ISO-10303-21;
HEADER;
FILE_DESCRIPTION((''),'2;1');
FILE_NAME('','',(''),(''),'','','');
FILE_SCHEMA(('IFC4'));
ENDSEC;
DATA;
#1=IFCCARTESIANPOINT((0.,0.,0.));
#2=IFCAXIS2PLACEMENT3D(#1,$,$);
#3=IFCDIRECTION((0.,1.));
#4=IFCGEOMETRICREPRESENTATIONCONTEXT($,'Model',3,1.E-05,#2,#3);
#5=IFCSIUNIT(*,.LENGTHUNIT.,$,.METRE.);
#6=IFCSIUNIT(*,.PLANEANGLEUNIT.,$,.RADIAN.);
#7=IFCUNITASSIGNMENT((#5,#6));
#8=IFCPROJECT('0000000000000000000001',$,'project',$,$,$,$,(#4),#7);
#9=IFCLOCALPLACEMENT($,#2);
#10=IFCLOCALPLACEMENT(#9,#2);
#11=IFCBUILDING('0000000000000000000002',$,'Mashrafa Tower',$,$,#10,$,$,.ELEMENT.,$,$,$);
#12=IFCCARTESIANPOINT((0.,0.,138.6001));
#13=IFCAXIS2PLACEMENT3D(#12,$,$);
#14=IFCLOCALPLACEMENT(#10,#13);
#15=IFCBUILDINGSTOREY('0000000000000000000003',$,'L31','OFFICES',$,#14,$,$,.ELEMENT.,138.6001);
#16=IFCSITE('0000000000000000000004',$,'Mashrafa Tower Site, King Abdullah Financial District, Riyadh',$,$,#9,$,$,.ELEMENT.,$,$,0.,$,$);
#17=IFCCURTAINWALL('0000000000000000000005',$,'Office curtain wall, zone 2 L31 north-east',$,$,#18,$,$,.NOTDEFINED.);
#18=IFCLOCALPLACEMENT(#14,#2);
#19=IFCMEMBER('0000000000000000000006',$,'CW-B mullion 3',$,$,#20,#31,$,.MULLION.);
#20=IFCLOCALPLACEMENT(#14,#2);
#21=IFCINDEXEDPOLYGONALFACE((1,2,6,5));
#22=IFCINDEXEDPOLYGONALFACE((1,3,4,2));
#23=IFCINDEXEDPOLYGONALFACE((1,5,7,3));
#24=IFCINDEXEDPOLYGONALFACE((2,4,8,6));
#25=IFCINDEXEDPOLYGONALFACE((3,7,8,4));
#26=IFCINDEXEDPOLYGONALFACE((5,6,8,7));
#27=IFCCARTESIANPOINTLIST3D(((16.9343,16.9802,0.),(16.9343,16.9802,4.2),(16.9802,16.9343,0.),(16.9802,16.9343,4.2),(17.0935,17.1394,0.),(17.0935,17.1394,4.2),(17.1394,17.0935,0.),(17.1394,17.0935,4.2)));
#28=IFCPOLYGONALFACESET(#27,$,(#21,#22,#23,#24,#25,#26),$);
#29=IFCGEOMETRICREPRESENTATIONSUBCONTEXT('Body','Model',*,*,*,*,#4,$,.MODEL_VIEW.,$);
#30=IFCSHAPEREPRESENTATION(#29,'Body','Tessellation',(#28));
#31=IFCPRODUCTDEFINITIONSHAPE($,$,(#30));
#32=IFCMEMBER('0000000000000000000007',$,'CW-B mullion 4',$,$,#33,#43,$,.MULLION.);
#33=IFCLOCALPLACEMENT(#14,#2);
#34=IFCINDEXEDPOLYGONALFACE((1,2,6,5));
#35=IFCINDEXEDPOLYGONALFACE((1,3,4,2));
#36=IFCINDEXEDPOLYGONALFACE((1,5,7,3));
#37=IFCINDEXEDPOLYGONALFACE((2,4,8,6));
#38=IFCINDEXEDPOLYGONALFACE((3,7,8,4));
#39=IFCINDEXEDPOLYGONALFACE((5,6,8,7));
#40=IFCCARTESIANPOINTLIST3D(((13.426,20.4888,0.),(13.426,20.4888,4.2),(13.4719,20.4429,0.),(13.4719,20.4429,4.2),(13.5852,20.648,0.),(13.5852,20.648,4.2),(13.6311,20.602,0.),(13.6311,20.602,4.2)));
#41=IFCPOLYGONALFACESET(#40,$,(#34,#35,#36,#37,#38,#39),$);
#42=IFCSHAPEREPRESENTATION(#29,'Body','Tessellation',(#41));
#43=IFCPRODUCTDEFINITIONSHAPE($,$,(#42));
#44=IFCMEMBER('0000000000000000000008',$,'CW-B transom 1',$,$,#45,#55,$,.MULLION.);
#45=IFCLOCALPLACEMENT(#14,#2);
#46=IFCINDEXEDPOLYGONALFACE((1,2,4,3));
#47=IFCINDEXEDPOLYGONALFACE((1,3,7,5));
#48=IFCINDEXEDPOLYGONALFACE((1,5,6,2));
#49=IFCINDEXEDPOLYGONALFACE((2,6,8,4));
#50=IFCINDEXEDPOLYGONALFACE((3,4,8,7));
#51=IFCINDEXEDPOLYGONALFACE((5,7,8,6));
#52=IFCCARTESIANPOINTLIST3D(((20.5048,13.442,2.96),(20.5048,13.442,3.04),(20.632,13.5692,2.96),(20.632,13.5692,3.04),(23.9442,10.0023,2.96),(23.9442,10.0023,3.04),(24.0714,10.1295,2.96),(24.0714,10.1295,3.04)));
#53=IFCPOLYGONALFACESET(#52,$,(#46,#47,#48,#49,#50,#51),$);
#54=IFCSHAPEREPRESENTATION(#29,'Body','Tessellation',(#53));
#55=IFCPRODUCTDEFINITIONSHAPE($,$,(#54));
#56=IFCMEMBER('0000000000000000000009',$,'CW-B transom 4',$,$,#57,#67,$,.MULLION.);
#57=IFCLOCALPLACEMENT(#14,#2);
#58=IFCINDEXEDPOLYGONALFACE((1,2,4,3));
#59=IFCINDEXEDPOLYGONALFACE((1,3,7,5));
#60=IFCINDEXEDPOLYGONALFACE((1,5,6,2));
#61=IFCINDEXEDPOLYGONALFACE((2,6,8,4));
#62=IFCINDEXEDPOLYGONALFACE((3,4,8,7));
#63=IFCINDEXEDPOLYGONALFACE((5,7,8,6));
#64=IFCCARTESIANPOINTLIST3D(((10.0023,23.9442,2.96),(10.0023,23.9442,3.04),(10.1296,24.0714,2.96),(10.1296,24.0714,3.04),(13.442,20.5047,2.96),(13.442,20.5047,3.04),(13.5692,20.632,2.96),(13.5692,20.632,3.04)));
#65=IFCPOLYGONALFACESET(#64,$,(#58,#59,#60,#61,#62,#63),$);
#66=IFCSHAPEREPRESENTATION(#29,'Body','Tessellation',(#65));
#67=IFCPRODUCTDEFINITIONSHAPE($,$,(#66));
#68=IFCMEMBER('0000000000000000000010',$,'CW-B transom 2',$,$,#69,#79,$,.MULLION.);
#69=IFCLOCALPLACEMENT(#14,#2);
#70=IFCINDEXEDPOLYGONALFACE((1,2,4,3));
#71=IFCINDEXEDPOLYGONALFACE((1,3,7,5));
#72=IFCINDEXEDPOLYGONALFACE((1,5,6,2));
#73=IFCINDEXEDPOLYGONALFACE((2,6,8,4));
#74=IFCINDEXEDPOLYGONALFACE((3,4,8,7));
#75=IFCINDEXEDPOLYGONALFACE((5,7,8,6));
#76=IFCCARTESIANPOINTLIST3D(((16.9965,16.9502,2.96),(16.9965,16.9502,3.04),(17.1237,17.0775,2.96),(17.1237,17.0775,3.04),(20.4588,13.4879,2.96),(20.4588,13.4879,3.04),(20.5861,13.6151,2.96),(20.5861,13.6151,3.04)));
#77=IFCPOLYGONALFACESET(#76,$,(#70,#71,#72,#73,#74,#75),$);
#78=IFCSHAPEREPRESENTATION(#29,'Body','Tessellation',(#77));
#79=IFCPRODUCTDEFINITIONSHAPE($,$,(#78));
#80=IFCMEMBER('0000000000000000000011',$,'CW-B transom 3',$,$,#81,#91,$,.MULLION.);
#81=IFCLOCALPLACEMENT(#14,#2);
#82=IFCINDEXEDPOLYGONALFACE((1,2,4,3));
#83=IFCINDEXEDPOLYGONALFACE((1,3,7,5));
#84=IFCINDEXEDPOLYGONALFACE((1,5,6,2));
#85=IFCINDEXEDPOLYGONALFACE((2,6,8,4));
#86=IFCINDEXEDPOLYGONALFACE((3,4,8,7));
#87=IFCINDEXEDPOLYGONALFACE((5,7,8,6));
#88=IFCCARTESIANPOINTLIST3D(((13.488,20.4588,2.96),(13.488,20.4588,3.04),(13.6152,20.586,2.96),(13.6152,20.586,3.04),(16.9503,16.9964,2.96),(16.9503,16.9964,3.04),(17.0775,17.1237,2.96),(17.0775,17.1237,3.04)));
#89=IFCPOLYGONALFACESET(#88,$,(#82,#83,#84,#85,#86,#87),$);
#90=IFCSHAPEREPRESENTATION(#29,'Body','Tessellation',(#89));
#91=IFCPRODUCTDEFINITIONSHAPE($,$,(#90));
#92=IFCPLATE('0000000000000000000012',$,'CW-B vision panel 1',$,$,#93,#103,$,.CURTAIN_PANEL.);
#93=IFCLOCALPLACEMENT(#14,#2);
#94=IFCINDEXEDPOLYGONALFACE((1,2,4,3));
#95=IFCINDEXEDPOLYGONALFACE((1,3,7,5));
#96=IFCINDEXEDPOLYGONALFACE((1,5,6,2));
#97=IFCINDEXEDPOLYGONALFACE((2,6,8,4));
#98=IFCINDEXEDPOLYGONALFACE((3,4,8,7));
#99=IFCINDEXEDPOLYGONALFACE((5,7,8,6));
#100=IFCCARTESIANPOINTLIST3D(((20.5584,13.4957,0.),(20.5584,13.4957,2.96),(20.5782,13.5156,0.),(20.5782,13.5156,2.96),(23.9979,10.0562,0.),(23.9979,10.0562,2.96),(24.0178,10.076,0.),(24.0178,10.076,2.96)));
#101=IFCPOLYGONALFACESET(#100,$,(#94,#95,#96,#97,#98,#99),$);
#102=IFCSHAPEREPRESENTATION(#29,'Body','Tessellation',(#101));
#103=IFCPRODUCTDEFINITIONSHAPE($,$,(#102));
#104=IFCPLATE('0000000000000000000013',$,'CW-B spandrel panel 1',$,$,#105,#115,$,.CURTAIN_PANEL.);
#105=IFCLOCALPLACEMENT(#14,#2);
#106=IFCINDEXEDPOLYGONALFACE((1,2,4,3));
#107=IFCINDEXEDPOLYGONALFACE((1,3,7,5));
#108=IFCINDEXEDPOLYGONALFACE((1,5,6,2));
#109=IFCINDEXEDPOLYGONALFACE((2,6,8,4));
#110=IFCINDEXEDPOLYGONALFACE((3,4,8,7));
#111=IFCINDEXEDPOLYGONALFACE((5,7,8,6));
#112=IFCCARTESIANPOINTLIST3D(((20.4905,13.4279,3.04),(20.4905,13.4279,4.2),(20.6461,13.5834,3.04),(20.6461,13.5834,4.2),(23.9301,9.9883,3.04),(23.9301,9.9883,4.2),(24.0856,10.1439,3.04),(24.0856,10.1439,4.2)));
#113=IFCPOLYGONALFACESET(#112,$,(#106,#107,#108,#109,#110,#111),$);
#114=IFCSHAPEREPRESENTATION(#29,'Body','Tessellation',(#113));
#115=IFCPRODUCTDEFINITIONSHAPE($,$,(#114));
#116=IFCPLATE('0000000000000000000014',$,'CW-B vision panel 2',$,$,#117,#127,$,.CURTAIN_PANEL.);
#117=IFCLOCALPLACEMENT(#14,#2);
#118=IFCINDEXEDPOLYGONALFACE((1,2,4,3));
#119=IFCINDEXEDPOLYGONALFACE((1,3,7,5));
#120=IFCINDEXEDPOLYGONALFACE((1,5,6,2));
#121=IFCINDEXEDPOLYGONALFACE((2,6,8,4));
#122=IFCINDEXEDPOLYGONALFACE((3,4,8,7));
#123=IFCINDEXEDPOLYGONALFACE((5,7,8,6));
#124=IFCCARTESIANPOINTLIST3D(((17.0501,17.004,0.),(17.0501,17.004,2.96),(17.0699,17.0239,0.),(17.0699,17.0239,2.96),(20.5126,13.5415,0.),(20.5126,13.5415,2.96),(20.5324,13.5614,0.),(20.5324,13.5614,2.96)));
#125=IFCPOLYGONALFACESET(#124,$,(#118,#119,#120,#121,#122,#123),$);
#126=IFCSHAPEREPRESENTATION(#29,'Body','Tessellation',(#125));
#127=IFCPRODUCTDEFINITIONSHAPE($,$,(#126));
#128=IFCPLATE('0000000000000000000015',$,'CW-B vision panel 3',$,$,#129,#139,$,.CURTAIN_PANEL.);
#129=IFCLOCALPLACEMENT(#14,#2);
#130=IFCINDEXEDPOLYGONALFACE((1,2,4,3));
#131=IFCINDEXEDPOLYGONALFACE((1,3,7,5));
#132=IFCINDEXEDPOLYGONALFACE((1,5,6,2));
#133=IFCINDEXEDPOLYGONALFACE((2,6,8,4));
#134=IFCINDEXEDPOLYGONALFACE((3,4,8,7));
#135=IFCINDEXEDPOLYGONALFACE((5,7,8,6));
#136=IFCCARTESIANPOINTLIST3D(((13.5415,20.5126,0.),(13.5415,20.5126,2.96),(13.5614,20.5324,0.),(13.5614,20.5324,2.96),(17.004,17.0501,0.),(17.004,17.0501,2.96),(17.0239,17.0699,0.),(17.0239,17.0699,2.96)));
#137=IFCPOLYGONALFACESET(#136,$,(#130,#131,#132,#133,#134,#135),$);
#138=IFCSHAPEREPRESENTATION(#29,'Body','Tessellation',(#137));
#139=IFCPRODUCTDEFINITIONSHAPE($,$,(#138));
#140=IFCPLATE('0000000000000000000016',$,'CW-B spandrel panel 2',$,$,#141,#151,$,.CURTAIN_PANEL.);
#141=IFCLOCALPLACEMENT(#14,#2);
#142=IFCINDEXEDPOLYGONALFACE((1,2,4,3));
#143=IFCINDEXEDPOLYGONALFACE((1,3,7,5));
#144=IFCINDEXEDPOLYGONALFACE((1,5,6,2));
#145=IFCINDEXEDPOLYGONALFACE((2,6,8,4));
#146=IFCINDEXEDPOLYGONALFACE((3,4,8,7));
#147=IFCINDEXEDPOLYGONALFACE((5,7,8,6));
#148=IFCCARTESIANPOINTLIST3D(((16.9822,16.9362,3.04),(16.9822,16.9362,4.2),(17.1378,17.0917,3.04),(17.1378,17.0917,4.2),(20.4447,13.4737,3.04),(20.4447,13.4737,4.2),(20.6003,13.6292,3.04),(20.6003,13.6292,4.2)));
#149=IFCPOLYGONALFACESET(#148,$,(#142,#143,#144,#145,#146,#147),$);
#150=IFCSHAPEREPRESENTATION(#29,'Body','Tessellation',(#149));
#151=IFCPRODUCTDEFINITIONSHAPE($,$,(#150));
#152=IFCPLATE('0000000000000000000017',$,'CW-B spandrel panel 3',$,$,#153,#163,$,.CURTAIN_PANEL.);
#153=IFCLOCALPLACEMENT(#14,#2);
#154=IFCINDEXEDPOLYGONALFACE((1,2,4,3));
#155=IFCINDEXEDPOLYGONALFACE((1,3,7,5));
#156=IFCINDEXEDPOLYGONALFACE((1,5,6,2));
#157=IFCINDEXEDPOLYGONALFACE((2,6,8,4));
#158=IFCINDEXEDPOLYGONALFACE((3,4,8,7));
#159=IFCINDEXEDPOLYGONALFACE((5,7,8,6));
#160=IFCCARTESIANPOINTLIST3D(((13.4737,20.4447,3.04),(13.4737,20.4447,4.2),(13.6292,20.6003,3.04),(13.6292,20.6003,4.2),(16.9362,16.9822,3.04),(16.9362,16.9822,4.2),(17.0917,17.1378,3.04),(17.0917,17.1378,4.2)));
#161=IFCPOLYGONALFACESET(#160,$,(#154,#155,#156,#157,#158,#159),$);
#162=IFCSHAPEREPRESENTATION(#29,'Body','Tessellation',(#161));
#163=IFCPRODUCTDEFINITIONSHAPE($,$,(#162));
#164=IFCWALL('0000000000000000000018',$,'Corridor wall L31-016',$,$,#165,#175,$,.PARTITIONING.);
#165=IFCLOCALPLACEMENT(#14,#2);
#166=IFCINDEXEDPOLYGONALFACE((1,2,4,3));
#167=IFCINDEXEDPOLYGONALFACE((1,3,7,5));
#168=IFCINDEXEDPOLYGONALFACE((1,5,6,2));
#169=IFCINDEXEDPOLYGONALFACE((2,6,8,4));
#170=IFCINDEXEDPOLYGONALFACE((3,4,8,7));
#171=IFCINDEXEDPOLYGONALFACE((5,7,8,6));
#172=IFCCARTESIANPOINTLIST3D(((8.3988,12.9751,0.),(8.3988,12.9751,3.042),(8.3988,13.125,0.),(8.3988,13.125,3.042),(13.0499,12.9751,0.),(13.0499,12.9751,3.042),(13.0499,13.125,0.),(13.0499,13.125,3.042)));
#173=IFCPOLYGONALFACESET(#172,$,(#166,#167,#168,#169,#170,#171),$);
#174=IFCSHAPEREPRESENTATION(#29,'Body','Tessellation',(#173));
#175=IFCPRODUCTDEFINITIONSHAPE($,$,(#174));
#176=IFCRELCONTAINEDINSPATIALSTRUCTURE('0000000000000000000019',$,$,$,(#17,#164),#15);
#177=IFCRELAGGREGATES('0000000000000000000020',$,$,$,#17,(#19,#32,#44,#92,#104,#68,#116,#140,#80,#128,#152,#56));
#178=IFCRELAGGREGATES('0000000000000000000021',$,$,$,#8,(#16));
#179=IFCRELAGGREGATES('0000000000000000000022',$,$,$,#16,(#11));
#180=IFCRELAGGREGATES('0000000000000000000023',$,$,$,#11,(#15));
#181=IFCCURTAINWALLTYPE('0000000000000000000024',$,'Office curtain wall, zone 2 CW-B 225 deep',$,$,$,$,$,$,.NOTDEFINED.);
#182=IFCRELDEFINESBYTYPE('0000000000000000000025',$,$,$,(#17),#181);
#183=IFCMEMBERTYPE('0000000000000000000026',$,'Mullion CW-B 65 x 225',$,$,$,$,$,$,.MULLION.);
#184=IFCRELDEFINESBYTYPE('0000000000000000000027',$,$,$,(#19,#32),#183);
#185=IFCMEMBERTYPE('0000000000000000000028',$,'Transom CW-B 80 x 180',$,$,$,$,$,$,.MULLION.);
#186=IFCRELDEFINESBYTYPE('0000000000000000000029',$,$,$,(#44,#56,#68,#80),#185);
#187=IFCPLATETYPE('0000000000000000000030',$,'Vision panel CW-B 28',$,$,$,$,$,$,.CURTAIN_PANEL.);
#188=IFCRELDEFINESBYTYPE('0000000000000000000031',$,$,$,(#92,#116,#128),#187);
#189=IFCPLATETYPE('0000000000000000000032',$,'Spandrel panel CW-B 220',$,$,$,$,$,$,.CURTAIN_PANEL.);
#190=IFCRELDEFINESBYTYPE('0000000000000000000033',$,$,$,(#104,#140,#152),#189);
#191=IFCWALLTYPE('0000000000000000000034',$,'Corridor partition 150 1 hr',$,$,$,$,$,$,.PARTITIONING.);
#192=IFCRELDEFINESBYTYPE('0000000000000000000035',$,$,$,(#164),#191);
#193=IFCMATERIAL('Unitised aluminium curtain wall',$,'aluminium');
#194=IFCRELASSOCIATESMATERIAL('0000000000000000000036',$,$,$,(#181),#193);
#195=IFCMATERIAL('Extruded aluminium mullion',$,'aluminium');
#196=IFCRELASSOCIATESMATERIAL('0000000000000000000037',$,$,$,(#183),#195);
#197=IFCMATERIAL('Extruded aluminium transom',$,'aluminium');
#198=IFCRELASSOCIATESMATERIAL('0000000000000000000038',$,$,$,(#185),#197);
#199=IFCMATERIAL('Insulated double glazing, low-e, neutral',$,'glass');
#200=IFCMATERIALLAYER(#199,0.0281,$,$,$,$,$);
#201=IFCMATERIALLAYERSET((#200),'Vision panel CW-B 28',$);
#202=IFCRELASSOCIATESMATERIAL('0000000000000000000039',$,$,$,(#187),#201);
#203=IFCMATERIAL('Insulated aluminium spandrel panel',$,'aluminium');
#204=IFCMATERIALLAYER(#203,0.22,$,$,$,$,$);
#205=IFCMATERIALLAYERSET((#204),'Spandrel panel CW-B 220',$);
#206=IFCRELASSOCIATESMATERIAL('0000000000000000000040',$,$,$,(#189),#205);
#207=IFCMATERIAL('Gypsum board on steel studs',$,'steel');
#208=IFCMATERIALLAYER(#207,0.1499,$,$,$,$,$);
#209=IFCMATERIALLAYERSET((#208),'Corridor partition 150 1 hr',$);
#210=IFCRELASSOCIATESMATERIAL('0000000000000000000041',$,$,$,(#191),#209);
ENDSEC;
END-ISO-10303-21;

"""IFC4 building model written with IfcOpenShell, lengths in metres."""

from ifc_helpers import new_model, si_unit, direction, frame, frame_2d, origin, origin_2d, place, context, subcontext, project, spatial, rectangle, extrude, source, transform, mapped, material, layer, layer_set, material_profile, profile_set, type_object, type_shapes, element, aggregate, save


model = new_model("IFC4")

# Units and contexts
model_context = context("Model", 3, precision=1e-05, world=origin(), true_north=direction((0.0, 1.0)))
body_context = subcontext(model_context, "Body", "Model", "MODEL_VIEW")
ifc_project = project(units=[si_unit("LENGTHUNIT", "METRE"), si_unit("PLANEANGLEUNIT", "RADIAN")], contexts=[model_context])

# Site, building, storey
site_placement = place(None, origin())
site = spatial("IfcSite", under=ifc_project, at=site_placement, Name="Mashrafa Tower Site, King Abdullah Financial District, Riyadh", CompositionType="ELEMENT", RefElevation=0.0)
building_placement = place(site_placement, origin())
building = spatial("IfcBuilding", under=site, at=building_placement, Name="Mashrafa Tower", CompositionType="ELEMENT")
storey_placement = place(building_placement, frame((0.0, 0.0, 138.6001)))
storey = spatial("IfcBuildingStorey", under=building, at=storey_placement, Name="L31", Description="OFFICES", CompositionType="ELEMENT", Elevation=138.6001)

# Shared definitions
ifc_material_1 = material(Name="Unitised aluminium curtain wall", Category="aluminium")
curtain_wall_type = type_object("IfcCurtainWallType", Name="Office curtain wall, zone 2 CW-B 225 deep", PredefinedType="NOTDEFINED", material=ifc_material_1)
ifc_material_2 = material(Name="Extruded aluminium mullion", Category="aluminium")
ifc_material_profile_1 = material_profile(ifc_material_2, rectangle(XDim=0.2251, YDim=0.0649, at=origin_2d()), Name="Mullion 65x225")
ifc_profile_set_1 = profile_set([ifc_material_profile_1], Name="Extruded aluminium mullion")
member_type_1 = type_object("IfcMemberType", Name="Mullion CW-B 65 x 225", PredefinedType="MULLION", material=ifc_profile_set_1)
shared_shape_1 = source(origin(), body_context, "Body", "SweptSolid", [
    extrude(rectangle(XDim=0.2251, YDim=0.0649, at=origin_2d()), origin(), (0.0, 0.0, 1.0), 4.2),
])
type_shapes(member_type_1, [shared_shape_1])

# Curtain wall, members, plates
curtain_wall_1_placement = place(storey_placement, origin())
curtain_wall_1 = element("IfcCurtainWall", 1, at=curtain_wall_1_placement, inside=storey, type_object=curtain_wall_type, Name="Office curtain wall, zone 2 L31 north-east", PredefinedType="NOTDEFINED")
member_1_placement = place(storey_placement, frame((17.0369, 17.0369, 0.0), z_axis=(0.0, 0.0, 1.0), x_axis=(-0.707107, -0.707107, 0.0)))
member_1 = element("IfcMember", 2, at=member_1_placement, type_object=member_type_1, Name="CW-B mullion 3", PredefinedType="MULLION", context=body_context, shape_type="MappedRepresentation", body=[
    mapped(shared_shape_1, transform((0.0, 0.0, 0.0))),
])
member_2_placement = place(storey_placement, frame((13.5286, 20.5454, 0.0), z_axis=(0.0, 0.0, 1.0), x_axis=(-0.707107, -0.707107, 0.0)))
member_2 = element("IfcMember", 3, at=member_2_placement, type_object=member_type_1, Name="CW-B mullion 4", PredefinedType="MULLION", context=body_context, shape_type="MappedRepresentation", body=[
    mapped(shared_shape_1, transform((0.0, 0.0, 0.0))),
])
ifc_material_3 = material(Name="Extruded aluminium transom", Category="aluminium")
ifc_material_profile_2 = material_profile(ifc_material_3, rectangle(XDim=0.1799, YDim=0.0801, at=origin_2d()), Name="Transom 80x180")
ifc_profile_set_2 = profile_set([ifc_material_profile_2], Name="Extruded aluminium transom")
member_type_2 = type_object("IfcMemberType", Name="Transom CW-B 80 x 180", PredefinedType="MULLION", material=ifc_profile_set_2)
shared_shape_2 = source(origin(), body_context, "Body", "SweptSolid", [
    extrude(rectangle(XDim=0.1799, YDim=0.0801, at=origin_2d()), origin(), (0.0, 0.0, 1.0), 4.8643),
])
member_3_placement = place(storey_placement, frame((24.0078, 10.0659, 3.0), z_axis=(-0.707082, 0.707132, 0.0), x_axis=(-0.707132, -0.707082, 0.0)))
member_3 = element("IfcMember", 4, at=member_3_placement, type_object=member_type_2, Name="CW-B transom 1", PredefinedType="MULLION", context=body_context, shape_type="MappedRepresentation", body=[
    mapped(shared_shape_2, transform((0.0, 0.0, 0.0))),
])
member_4_placement = place(storey_placement, frame((13.5056, 20.5684, 3.0), z_axis=(-0.707132, 0.707082, 0.0), x_axis=(-0.707082, -0.707132, 0.0)))
member_4 = element("IfcMember", 5, at=member_4_placement, type_object=member_type_2, Name="CW-B transom 4", PredefinedType="MULLION", context=body_context, shape_type="MappedRepresentation", body=[
    mapped(shared_shape_2, transform((0.0, 0.0, 0.0))),
])
shared_shape_3 = source(origin(), body_context, "Body", "SweptSolid", [
    extrude(rectangle(XDim=0.1799, YDim=0.0801, at=origin_2d()), origin(), (0.0, 0.0, 1.0), 4.8965),
])
type_shapes(member_type_2, [shared_shape_2, shared_shape_3])
member_5_placement = place(storey_placement, frame((20.5225, 13.5515, 3.0), z_axis=(-0.707107, 0.707107, 0.0), x_axis=(-0.707107, -0.707107, 0.0)))
member_5 = element("IfcMember", 6, at=member_5_placement, type_object=member_type_2, Name="CW-B transom 2", PredefinedType="MULLION", context=body_context, shape_type="MappedRepresentation", body=[
    mapped(shared_shape_3, transform((0.0, 0.0, 0.0))),
])
member_6_placement = place(storey_placement, frame((17.0139, 17.0601, 3.0), z_axis=(-0.707107, 0.707107, 0.0), x_axis=(-0.707107, -0.707107, 0.0)))
member_6 = element("IfcMember", 7, at=member_6_placement, type_object=member_type_2, Name="CW-B transom 3", PredefinedType="MULLION", context=body_context, shape_type="MappedRepresentation", body=[
    mapped(shared_shape_3, transform((0.0, 0.0, 0.0))),
])
ifc_material_4 = material(Name="Insulated double glazing, low-e, neutral", Category="glass")
ifc_layer_1 = layer(ifc_material_4, 0.0281)
ifc_layer_set_1 = layer_set([ifc_layer_1], Name="Vision panel CW-B 28")
plate_type_1 = type_object("IfcPlateType", Name="Vision panel CW-B 28", PredefinedType="CURTAIN_PANEL", material=ifc_layer_set_1)
shared_shape_4 = source(origin(), body_context, "Body", "SweptSolid", [
    extrude(rectangle(XDim=4.8643, YDim=0.0281, at=origin_2d()), origin(), (0.0, 0.0, 1.0), 2.96),
])
plate_1_placement = place(storey_placement, frame((22.2881, 11.7859, 0.0), z_axis=(0.0, 0.0, 1.0), x_axis=(-0.707107, 0.707107, 0.0)))
plate_1 = element("IfcPlate", 8, at=plate_1_placement, type_object=plate_type_1, Name="CW-B vision panel 1", PredefinedType="CURTAIN_PANEL", context=body_context, shape_type="MappedRepresentation", body=[
    mapped(shared_shape_4, transform((0.0, 0.0, 0.0))),
])
ifc_material_5 = material(Name="Insulated aluminium spandrel panel", Category="aluminium")
ifc_layer_2 = layer(ifc_material_5, 0.22)
ifc_layer_set_2 = layer_set([ifc_layer_2], Name="Spandrel panel CW-B 220")
plate_type_2 = type_object("IfcPlateType", Name="Spandrel panel CW-B 220", PredefinedType="CURTAIN_PANEL", material=ifc_layer_set_2)
shared_shape_5 = source(origin(), body_context, "Body", "SweptSolid", [
    extrude(rectangle(XDim=4.8643, YDim=0.22, at=origin_2d()), origin(), (0.0, 0.0, 1.0), 1.1599),
])
plate_2_placement = place(storey_placement, frame((22.2881, 11.7859, 3.04), z_axis=(0.0, 0.0, 1.0), x_axis=(-0.707107, 0.707107, 0.0)))
plate_2 = element("IfcPlate", 9, at=plate_2_placement, type_object=plate_type_2, Name="CW-B spandrel panel 1", PredefinedType="CURTAIN_PANEL", context=body_context, shape_type="MappedRepresentation", body=[
    mapped(shared_shape_5, transform((0.0, 0.0, 0.0))),
])
shared_shape_6 = source(origin(), body_context, "Body", "SweptSolid", [
    extrude(rectangle(XDim=4.8967, YDim=0.0281, at=origin_2d()), origin(), (0.0, 0.0, 1.0), 2.96),
])
type_shapes(plate_type_1, [shared_shape_4, shared_shape_6])
plate_3_placement = place(storey_placement, frame((18.7913, 15.2827, 0.0), z_axis=(0.0, 0.0, 1.0), x_axis=(-0.707107, 0.707107, 0.0)))
plate_3 = element("IfcPlate", 10, at=plate_3_placement, type_object=plate_type_1, Name="CW-B vision panel 2", PredefinedType="CURTAIN_PANEL", context=body_context, shape_type="MappedRepresentation", body=[
    mapped(shared_shape_6, transform((0.0, 0.0, 0.0))),
])
plate_4_placement = place(storey_placement, frame((15.2827, 18.7913, 0.0), z_axis=(0.0, 0.0, 1.0), x_axis=(-0.707107, 0.707107, 0.0)))
plate_4 = element("IfcPlate", 11, at=plate_4_placement, type_object=plate_type_1, Name="CW-B vision panel 3", PredefinedType="CURTAIN_PANEL", context=body_context, shape_type="MappedRepresentation", body=[
    mapped(shared_shape_6, transform((0.0, 0.0, 0.0))),
])
shared_shape_7 = source(origin(), body_context, "Body", "SweptSolid", [
    extrude(rectangle(XDim=4.8967, YDim=0.22, at=origin_2d()), origin(), (0.0, 0.0, 1.0), 1.1599),
])
type_shapes(plate_type_2, [shared_shape_5, shared_shape_7])
plate_5_placement = place(storey_placement, frame((18.7913, 15.2827, 3.04), z_axis=(0.0, 0.0, 1.0), x_axis=(-0.707107, 0.707107, 0.0)))
plate_5 = element("IfcPlate", 12, at=plate_5_placement, type_object=plate_type_2, Name="CW-B spandrel panel 2", PredefinedType="CURTAIN_PANEL", context=body_context, shape_type="MappedRepresentation", body=[
    mapped(shared_shape_7, transform((0.0, 0.0, 0.0))),
])
plate_6_placement = place(storey_placement, frame((15.2827, 18.7913, 3.04), z_axis=(0.0, 0.0, 1.0), x_axis=(-0.707107, 0.707107, 0.0)))
plate_6 = element("IfcPlate", 13, at=plate_6_placement, type_object=plate_type_2, Name="CW-B spandrel panel 3", PredefinedType="CURTAIN_PANEL", context=body_context, shape_type="MappedRepresentation", body=[
    mapped(shared_shape_7, transform((0.0, 0.0, 0.0))),
])
aggregate(curtain_wall_1, [member_1, member_2, member_3, plate_1, plate_2, member_5, plate_3, plate_5, member_6, plate_4, plate_6, member_4])

# Wall
ifc_material_6 = material(Name="Gypsum board on steel studs", Category="steel")
ifc_layer_3 = layer(ifc_material_6, 0.1499)
ifc_layer_set_3 = layer_set([ifc_layer_3], Name="Corridor partition 150 1 hr")
wall_type = type_object("IfcWallType", Name="Corridor partition 150 1 hr", PredefinedType="PARTITIONING", material=ifc_layer_set_3)
wall_placement = place(storey_placement, frame((13.05, 13.05, 0.0), z_axis=(0.0, 0.0, 1.0), x_axis=(-1.0, 0.0, 0.0)))
element("IfcWall", 14, at=wall_placement, inside=storey, type_object=wall_type, Name="Corridor wall L31-016", PredefinedType="PARTITIONING", context=body_context, shape_type="SweptSolid", body=[
    extrude(rectangle(XDim=4.6511, YDim=0.1499, at=frame_2d((2.3257, 0.0))), origin(), (0.0, 0.0, 1.0), 3.042),
])

save(model, "model.ifc")
